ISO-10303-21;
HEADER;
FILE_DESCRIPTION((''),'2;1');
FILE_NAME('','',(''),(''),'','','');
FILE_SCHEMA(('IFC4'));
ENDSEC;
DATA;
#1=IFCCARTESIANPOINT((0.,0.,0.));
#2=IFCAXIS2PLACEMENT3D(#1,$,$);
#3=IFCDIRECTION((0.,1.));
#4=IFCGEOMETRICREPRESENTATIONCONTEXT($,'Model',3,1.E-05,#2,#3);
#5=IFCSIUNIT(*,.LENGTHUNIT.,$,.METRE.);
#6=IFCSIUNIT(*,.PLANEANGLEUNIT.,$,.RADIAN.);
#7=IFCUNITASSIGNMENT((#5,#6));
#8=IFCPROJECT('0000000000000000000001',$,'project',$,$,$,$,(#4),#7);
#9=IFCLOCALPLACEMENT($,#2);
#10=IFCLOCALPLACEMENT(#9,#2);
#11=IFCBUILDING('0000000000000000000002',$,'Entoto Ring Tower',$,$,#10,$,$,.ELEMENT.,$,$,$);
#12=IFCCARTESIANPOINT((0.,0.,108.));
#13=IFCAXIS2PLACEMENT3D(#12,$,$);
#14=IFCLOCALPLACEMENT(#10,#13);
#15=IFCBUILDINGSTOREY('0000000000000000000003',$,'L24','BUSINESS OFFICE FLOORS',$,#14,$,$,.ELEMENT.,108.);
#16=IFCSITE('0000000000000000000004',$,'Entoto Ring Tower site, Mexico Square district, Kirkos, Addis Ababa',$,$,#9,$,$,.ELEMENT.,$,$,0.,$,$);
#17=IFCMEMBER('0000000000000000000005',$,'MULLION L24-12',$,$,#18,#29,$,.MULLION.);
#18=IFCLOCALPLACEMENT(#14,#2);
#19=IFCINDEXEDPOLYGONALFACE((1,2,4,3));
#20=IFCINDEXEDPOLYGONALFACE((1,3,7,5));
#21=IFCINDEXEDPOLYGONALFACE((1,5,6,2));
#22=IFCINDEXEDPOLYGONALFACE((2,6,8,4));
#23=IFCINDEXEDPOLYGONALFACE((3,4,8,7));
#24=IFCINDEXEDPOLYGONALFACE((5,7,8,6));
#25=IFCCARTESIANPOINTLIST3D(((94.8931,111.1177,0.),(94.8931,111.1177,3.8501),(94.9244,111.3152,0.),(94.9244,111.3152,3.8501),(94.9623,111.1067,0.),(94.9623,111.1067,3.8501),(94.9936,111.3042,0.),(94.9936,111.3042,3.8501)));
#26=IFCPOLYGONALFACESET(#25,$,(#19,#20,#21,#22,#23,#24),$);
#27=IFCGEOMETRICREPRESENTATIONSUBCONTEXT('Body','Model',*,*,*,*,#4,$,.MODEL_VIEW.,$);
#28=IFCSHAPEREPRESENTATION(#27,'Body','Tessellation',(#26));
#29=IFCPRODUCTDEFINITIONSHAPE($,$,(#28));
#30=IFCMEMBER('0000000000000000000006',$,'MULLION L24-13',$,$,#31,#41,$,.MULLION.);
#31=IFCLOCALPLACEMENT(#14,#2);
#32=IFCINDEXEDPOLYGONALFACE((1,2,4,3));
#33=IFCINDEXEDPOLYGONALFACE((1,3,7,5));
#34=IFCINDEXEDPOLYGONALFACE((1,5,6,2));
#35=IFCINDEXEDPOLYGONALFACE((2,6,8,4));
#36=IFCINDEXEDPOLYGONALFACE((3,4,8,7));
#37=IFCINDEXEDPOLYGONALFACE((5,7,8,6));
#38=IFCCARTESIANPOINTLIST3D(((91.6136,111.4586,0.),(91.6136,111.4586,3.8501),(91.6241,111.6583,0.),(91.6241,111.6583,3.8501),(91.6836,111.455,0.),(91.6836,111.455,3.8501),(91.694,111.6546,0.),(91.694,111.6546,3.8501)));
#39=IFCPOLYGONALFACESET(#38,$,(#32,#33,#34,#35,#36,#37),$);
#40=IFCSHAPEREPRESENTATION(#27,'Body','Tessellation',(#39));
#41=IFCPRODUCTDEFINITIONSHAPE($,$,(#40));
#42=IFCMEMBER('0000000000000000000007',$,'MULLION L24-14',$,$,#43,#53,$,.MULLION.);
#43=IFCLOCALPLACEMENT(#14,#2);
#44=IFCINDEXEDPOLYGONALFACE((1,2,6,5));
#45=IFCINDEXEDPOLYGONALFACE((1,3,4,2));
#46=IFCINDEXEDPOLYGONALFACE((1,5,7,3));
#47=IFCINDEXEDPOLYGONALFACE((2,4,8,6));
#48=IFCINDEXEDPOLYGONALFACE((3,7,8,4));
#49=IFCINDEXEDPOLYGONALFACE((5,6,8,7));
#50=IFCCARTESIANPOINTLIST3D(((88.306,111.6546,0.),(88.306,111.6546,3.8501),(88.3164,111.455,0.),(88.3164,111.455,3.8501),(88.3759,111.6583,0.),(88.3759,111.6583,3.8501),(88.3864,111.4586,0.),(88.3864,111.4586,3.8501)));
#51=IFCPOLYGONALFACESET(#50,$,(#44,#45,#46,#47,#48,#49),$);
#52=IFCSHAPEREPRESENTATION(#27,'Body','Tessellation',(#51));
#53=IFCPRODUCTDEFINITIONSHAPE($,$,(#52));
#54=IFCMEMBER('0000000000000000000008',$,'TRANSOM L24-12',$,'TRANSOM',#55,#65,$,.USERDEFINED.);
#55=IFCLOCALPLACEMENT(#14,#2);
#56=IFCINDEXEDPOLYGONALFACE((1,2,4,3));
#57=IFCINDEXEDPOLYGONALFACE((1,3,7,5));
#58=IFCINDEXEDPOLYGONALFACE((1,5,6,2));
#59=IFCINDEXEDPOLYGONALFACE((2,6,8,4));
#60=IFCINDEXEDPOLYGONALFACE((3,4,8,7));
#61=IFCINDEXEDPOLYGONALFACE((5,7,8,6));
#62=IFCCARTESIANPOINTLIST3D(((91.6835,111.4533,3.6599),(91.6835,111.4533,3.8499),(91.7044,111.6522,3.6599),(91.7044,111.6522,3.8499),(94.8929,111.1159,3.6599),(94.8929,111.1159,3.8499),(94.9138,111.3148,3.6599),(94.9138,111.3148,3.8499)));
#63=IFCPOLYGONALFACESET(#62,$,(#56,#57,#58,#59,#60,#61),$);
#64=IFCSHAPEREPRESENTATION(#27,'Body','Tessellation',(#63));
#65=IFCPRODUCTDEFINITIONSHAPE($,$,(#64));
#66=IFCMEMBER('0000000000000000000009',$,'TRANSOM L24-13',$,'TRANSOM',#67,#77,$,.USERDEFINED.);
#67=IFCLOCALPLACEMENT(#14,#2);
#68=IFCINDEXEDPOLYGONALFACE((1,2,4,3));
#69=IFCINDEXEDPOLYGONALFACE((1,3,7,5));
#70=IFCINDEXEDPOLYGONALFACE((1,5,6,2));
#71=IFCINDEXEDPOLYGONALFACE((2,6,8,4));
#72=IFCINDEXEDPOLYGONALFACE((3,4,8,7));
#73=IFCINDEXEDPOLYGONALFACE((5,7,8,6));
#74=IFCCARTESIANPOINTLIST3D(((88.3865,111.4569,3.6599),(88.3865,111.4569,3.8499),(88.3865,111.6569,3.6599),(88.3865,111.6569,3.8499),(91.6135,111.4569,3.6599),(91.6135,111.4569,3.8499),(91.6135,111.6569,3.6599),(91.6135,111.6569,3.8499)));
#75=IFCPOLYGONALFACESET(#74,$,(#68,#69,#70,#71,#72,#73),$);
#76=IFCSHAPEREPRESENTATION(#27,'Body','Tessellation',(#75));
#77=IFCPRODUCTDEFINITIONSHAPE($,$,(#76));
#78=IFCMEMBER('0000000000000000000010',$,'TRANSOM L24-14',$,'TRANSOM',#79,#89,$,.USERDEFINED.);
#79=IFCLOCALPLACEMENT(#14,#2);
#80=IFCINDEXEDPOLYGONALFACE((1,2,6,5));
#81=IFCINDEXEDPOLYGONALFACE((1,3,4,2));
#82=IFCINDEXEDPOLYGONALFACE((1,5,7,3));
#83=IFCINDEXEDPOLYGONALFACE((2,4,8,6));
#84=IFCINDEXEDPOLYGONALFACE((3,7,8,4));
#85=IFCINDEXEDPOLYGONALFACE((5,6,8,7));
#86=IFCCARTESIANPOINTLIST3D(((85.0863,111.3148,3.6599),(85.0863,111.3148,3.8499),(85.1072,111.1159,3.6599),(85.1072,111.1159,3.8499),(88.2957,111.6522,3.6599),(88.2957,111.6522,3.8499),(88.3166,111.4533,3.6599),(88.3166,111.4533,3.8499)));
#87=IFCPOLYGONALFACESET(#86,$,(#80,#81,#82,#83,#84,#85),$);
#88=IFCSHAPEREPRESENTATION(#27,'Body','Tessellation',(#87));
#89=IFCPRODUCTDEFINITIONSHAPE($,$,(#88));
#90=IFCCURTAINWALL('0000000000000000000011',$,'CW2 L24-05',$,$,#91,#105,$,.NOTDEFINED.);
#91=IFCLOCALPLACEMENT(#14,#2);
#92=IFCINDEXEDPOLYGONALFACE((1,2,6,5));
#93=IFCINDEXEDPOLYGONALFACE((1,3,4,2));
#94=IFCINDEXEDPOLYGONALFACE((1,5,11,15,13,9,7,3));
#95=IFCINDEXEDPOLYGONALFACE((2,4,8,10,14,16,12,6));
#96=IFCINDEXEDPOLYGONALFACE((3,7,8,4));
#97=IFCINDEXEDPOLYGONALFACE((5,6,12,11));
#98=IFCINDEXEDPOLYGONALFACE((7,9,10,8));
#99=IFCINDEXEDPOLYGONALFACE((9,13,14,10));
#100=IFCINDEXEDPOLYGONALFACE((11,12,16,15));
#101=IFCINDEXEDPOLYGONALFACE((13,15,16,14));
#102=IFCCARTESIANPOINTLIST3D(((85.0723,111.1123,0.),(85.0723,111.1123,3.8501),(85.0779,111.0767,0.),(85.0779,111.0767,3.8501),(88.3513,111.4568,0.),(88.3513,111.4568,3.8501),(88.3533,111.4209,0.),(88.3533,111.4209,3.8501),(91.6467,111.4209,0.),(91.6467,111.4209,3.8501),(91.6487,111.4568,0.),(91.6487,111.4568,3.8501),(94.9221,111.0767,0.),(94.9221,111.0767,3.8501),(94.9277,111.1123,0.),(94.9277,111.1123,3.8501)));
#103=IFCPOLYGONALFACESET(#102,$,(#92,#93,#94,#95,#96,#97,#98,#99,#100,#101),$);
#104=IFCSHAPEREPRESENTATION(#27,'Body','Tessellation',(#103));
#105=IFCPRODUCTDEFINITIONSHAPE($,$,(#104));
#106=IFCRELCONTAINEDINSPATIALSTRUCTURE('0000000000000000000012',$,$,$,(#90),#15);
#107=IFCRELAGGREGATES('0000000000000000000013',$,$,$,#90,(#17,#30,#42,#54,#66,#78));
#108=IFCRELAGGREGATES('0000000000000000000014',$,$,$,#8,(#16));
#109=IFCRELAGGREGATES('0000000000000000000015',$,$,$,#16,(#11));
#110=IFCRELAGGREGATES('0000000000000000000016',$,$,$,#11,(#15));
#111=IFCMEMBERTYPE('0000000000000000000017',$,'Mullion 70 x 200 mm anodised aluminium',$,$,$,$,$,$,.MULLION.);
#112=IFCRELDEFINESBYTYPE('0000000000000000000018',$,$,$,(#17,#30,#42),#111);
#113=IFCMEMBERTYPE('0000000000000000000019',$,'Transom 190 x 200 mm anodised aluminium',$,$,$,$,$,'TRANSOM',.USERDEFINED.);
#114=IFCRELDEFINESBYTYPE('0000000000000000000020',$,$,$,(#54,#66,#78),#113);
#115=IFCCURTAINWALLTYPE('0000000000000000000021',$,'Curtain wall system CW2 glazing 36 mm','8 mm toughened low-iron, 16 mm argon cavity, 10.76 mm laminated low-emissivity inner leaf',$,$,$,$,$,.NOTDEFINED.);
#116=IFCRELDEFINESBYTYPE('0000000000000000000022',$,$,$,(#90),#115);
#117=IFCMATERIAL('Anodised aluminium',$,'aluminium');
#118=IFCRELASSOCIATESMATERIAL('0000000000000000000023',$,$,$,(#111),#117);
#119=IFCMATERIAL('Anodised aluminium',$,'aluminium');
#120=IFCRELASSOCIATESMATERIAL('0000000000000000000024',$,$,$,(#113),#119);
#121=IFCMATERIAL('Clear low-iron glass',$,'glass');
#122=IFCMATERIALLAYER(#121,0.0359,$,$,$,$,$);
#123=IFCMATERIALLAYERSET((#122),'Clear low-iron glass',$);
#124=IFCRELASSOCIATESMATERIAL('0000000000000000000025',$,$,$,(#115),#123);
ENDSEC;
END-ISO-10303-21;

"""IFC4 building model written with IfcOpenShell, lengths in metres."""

from ifc_helpers import new_model, si_unit, direction, frame, origin, origin_2d, place, context, subcontext, project, spatial, polyline, rectangle, outline, extrude, material, layer, layer_set, material_profile, profile_set, type_object, element, aggregate, save


model = new_model("IFC4")

# Units and contexts
model_context = context("Model", 3, precision=1e-05, world=origin(), true_north=direction((0.0, 1.0)))
body_context = subcontext(model_context, "Body", "Model", "MODEL_VIEW")
ifc_project = project(units=[si_unit("LENGTHUNIT", "METRE"), si_unit("PLANEANGLEUNIT", "RADIAN")], contexts=[model_context])

# Members
ifc_material_1 = material(Name="Anodised aluminium", Category="aluminium")
ifc_material_profile_1 = material_profile(ifc_material_1, rectangle(XDim=0.0701, YDim=0.2, at=origin_2d()), Name="Mullion 70 x 200 mm anodised aluminium")
ifc_profile_set_1 = profile_set([ifc_material_profile_1], Name="Anodised aluminium")
member_type_1 = type_object("IfcMemberType", Name="Mullion 70 x 200 mm anodised aluminium", PredefinedType="MULLION", material=ifc_profile_set_1)
site_placement = place(None, origin())
building_placement = place(site_placement, origin())
storey_placement = place(building_placement, frame((0.0, 0.0, 108.0)))
member_1_placement = place(storey_placement, frame((94.9434, 111.2109, 0.0), z_axis=(0.0, 0.0, 1.0), x_axis=(-0.987688, 0.156434, 0.0)))
member_1 = element("IfcMember", 1, at=member_1_placement, type_object=member_type_1, Name="MULLION L24-12", PredefinedType="MULLION", context=body_context, shape_type="SweptSolid", body=[
    extrude(rectangle(XDim=0.0701, YDim=0.2, at=origin_2d()), origin(), (0.0, 0.0, 1.0), 3.8501),
])
member_2_placement = place(storey_placement, frame((91.6538, 111.5566, 0.0), z_axis=(0.0, 0.0, 1.0), x_axis=(-0.99863, 0.052336, 0.0)))
member_2 = element("IfcMember", 2, at=member_2_placement, type_object=member_type_1, Name="MULLION L24-13", PredefinedType="MULLION", context=body_context, shape_type="SweptSolid", body=[
    extrude(rectangle(XDim=0.0701, YDim=0.2, at=origin_2d()), origin(), (0.0, 0.0, 1.0), 3.8501),
])
member_3_placement = place(storey_placement, frame((88.3462, 111.5566, 0.0), z_axis=(0.0, 0.0, 1.0), x_axis=(-0.99863, -0.052336, 0.0)))
member_3 = element("IfcMember", 3, at=member_3_placement, type_object=member_type_1, Name="MULLION L24-14", PredefinedType="MULLION", context=body_context, shape_type="SweptSolid", body=[
    extrude(rectangle(XDim=0.0701, YDim=0.2, at=origin_2d()), origin(), (0.0, 0.0, 1.0), 3.8501),
])
ifc_material_2 = material(Name="Anodised aluminium", Category="aluminium")
ifc_material_profile_2 = material_profile(ifc_material_2, rectangle(XDim=0.2, YDim=0.1899, at=origin_2d()), Name="Transom 190 x 200 mm anodised aluminium")
ifc_profile_set_2 = profile_set([ifc_material_profile_2], Name="Anodised aluminium")
member_type_2 = type_object("IfcMemberType", Name="Transom 190 x 200 mm anodised aluminium", ElementType="TRANSOM", PredefinedType="USERDEFINED", material=ifc_profile_set_2)
member_4_placement = place(storey_placement, frame((94.9033, 111.2153, 3.7549), z_axis=(-0.99452, 0.104551, 0.0), x_axis=(-0.104551, -0.99452, 0.0)))
member_4 = element("IfcMember", 4, at=member_4_placement, type_object=member_type_2, Name="TRANSOM L24-12", ObjectType="TRANSOM", PredefinedType="USERDEFINED", context=body_context, shape_type="SweptSolid", body=[
    extrude(rectangle(XDim=0.2, YDim=0.1899, at=origin_2d()), origin(), (0.0, 0.0, 1.0), 3.2271),
])
member_5_placement = place(storey_placement, frame((91.6135, 111.5569, 3.7549), z_axis=(-1.0, 0.0, 0.0), x_axis=(0.0, -1.0, 0.0)))
member_5 = element("IfcMember", 5, at=member_5_placement, type_object=member_type_2, Name="TRANSOM L24-13", ObjectType="TRANSOM", PredefinedType="USERDEFINED", context=body_context, shape_type="SweptSolid", body=[
    extrude(rectangle(XDim=0.2, YDim=0.1899, at=origin_2d()), origin(), (0.0, 0.0, 1.0), 3.2271),
])
member_6_placement = place(storey_placement, frame((88.3062, 111.5527, 3.7549), z_axis=(-0.99452, -0.104551, 0.0), x_axis=(0.104551, -0.99452, 0.0)))
member_6 = element("IfcMember", 6, at=member_6_placement, type_object=member_type_2, Name="TRANSOM L24-14", ObjectType="TRANSOM", PredefinedType="USERDEFINED", context=body_context, shape_type="SweptSolid", body=[
    extrude(rectangle(XDim=0.2, YDim=0.1899, at=origin_2d()), origin(), (0.0, 0.0, 1.0), 3.2271),
])

# Site, building, storey
site = spatial("IfcSite", under=ifc_project, at=site_placement, Name="Entoto Ring Tower site, Mexico Square district, Kirkos, Addis Ababa", CompositionType="ELEMENT", RefElevation=0.0)
building = spatial("IfcBuilding", under=site, at=building_placement, Name="Entoto Ring Tower", CompositionType="ELEMENT")
storey = spatial("IfcBuildingStorey", under=building, at=storey_placement, Name="L24", Description="BUSINESS OFFICE FLOORS", CompositionType="ELEMENT", Elevation=108.0)

# Curtain wall
ifc_material_3 = material(Name="Clear low-iron glass", Category="glass")
ifc_layer = layer(ifc_material_3, 0.0359)
ifc_layer_set = layer_set([ifc_layer], Name="Clear low-iron glass")
curtain_wall_type = type_object("IfcCurtainWallType", Name="Curtain wall system CW2 glazing 36 mm", Description="8 mm toughened low-iron, 16 mm argon cavity, 10.76 mm laminated low-emissivity inner leaf", PredefinedType="NOTDEFINED", material=ifc_layer_set)
curtain_wall_1_placement = place(storey_placement, origin())
curtain_wall_1 = element("IfcCurtainWall", 7, at=curtain_wall_1_placement, inside=storey, type_object=curtain_wall_type, Name="CW2 L24-05", PredefinedType="NOTDEFINED", context=body_context, shape_type="SweptSolid", body=[
    extrude(outline(polyline([(94.9277, 111.1123), (91.6487, 111.4568), (88.3513, 111.4568), (85.0723, 111.1123), (85.0779, 111.0767), (88.3533, 111.4209), (91.6467, 111.4209), (94.9221, 111.0767), (94.9277, 111.1123)])), origin(), (0.0, 0.0, 1.0), 3.8501),
])
aggregate(curtain_wall_1, [member_1, member_2, member_3, member_4, member_5, member_6])

save(model, "model.ifc")
